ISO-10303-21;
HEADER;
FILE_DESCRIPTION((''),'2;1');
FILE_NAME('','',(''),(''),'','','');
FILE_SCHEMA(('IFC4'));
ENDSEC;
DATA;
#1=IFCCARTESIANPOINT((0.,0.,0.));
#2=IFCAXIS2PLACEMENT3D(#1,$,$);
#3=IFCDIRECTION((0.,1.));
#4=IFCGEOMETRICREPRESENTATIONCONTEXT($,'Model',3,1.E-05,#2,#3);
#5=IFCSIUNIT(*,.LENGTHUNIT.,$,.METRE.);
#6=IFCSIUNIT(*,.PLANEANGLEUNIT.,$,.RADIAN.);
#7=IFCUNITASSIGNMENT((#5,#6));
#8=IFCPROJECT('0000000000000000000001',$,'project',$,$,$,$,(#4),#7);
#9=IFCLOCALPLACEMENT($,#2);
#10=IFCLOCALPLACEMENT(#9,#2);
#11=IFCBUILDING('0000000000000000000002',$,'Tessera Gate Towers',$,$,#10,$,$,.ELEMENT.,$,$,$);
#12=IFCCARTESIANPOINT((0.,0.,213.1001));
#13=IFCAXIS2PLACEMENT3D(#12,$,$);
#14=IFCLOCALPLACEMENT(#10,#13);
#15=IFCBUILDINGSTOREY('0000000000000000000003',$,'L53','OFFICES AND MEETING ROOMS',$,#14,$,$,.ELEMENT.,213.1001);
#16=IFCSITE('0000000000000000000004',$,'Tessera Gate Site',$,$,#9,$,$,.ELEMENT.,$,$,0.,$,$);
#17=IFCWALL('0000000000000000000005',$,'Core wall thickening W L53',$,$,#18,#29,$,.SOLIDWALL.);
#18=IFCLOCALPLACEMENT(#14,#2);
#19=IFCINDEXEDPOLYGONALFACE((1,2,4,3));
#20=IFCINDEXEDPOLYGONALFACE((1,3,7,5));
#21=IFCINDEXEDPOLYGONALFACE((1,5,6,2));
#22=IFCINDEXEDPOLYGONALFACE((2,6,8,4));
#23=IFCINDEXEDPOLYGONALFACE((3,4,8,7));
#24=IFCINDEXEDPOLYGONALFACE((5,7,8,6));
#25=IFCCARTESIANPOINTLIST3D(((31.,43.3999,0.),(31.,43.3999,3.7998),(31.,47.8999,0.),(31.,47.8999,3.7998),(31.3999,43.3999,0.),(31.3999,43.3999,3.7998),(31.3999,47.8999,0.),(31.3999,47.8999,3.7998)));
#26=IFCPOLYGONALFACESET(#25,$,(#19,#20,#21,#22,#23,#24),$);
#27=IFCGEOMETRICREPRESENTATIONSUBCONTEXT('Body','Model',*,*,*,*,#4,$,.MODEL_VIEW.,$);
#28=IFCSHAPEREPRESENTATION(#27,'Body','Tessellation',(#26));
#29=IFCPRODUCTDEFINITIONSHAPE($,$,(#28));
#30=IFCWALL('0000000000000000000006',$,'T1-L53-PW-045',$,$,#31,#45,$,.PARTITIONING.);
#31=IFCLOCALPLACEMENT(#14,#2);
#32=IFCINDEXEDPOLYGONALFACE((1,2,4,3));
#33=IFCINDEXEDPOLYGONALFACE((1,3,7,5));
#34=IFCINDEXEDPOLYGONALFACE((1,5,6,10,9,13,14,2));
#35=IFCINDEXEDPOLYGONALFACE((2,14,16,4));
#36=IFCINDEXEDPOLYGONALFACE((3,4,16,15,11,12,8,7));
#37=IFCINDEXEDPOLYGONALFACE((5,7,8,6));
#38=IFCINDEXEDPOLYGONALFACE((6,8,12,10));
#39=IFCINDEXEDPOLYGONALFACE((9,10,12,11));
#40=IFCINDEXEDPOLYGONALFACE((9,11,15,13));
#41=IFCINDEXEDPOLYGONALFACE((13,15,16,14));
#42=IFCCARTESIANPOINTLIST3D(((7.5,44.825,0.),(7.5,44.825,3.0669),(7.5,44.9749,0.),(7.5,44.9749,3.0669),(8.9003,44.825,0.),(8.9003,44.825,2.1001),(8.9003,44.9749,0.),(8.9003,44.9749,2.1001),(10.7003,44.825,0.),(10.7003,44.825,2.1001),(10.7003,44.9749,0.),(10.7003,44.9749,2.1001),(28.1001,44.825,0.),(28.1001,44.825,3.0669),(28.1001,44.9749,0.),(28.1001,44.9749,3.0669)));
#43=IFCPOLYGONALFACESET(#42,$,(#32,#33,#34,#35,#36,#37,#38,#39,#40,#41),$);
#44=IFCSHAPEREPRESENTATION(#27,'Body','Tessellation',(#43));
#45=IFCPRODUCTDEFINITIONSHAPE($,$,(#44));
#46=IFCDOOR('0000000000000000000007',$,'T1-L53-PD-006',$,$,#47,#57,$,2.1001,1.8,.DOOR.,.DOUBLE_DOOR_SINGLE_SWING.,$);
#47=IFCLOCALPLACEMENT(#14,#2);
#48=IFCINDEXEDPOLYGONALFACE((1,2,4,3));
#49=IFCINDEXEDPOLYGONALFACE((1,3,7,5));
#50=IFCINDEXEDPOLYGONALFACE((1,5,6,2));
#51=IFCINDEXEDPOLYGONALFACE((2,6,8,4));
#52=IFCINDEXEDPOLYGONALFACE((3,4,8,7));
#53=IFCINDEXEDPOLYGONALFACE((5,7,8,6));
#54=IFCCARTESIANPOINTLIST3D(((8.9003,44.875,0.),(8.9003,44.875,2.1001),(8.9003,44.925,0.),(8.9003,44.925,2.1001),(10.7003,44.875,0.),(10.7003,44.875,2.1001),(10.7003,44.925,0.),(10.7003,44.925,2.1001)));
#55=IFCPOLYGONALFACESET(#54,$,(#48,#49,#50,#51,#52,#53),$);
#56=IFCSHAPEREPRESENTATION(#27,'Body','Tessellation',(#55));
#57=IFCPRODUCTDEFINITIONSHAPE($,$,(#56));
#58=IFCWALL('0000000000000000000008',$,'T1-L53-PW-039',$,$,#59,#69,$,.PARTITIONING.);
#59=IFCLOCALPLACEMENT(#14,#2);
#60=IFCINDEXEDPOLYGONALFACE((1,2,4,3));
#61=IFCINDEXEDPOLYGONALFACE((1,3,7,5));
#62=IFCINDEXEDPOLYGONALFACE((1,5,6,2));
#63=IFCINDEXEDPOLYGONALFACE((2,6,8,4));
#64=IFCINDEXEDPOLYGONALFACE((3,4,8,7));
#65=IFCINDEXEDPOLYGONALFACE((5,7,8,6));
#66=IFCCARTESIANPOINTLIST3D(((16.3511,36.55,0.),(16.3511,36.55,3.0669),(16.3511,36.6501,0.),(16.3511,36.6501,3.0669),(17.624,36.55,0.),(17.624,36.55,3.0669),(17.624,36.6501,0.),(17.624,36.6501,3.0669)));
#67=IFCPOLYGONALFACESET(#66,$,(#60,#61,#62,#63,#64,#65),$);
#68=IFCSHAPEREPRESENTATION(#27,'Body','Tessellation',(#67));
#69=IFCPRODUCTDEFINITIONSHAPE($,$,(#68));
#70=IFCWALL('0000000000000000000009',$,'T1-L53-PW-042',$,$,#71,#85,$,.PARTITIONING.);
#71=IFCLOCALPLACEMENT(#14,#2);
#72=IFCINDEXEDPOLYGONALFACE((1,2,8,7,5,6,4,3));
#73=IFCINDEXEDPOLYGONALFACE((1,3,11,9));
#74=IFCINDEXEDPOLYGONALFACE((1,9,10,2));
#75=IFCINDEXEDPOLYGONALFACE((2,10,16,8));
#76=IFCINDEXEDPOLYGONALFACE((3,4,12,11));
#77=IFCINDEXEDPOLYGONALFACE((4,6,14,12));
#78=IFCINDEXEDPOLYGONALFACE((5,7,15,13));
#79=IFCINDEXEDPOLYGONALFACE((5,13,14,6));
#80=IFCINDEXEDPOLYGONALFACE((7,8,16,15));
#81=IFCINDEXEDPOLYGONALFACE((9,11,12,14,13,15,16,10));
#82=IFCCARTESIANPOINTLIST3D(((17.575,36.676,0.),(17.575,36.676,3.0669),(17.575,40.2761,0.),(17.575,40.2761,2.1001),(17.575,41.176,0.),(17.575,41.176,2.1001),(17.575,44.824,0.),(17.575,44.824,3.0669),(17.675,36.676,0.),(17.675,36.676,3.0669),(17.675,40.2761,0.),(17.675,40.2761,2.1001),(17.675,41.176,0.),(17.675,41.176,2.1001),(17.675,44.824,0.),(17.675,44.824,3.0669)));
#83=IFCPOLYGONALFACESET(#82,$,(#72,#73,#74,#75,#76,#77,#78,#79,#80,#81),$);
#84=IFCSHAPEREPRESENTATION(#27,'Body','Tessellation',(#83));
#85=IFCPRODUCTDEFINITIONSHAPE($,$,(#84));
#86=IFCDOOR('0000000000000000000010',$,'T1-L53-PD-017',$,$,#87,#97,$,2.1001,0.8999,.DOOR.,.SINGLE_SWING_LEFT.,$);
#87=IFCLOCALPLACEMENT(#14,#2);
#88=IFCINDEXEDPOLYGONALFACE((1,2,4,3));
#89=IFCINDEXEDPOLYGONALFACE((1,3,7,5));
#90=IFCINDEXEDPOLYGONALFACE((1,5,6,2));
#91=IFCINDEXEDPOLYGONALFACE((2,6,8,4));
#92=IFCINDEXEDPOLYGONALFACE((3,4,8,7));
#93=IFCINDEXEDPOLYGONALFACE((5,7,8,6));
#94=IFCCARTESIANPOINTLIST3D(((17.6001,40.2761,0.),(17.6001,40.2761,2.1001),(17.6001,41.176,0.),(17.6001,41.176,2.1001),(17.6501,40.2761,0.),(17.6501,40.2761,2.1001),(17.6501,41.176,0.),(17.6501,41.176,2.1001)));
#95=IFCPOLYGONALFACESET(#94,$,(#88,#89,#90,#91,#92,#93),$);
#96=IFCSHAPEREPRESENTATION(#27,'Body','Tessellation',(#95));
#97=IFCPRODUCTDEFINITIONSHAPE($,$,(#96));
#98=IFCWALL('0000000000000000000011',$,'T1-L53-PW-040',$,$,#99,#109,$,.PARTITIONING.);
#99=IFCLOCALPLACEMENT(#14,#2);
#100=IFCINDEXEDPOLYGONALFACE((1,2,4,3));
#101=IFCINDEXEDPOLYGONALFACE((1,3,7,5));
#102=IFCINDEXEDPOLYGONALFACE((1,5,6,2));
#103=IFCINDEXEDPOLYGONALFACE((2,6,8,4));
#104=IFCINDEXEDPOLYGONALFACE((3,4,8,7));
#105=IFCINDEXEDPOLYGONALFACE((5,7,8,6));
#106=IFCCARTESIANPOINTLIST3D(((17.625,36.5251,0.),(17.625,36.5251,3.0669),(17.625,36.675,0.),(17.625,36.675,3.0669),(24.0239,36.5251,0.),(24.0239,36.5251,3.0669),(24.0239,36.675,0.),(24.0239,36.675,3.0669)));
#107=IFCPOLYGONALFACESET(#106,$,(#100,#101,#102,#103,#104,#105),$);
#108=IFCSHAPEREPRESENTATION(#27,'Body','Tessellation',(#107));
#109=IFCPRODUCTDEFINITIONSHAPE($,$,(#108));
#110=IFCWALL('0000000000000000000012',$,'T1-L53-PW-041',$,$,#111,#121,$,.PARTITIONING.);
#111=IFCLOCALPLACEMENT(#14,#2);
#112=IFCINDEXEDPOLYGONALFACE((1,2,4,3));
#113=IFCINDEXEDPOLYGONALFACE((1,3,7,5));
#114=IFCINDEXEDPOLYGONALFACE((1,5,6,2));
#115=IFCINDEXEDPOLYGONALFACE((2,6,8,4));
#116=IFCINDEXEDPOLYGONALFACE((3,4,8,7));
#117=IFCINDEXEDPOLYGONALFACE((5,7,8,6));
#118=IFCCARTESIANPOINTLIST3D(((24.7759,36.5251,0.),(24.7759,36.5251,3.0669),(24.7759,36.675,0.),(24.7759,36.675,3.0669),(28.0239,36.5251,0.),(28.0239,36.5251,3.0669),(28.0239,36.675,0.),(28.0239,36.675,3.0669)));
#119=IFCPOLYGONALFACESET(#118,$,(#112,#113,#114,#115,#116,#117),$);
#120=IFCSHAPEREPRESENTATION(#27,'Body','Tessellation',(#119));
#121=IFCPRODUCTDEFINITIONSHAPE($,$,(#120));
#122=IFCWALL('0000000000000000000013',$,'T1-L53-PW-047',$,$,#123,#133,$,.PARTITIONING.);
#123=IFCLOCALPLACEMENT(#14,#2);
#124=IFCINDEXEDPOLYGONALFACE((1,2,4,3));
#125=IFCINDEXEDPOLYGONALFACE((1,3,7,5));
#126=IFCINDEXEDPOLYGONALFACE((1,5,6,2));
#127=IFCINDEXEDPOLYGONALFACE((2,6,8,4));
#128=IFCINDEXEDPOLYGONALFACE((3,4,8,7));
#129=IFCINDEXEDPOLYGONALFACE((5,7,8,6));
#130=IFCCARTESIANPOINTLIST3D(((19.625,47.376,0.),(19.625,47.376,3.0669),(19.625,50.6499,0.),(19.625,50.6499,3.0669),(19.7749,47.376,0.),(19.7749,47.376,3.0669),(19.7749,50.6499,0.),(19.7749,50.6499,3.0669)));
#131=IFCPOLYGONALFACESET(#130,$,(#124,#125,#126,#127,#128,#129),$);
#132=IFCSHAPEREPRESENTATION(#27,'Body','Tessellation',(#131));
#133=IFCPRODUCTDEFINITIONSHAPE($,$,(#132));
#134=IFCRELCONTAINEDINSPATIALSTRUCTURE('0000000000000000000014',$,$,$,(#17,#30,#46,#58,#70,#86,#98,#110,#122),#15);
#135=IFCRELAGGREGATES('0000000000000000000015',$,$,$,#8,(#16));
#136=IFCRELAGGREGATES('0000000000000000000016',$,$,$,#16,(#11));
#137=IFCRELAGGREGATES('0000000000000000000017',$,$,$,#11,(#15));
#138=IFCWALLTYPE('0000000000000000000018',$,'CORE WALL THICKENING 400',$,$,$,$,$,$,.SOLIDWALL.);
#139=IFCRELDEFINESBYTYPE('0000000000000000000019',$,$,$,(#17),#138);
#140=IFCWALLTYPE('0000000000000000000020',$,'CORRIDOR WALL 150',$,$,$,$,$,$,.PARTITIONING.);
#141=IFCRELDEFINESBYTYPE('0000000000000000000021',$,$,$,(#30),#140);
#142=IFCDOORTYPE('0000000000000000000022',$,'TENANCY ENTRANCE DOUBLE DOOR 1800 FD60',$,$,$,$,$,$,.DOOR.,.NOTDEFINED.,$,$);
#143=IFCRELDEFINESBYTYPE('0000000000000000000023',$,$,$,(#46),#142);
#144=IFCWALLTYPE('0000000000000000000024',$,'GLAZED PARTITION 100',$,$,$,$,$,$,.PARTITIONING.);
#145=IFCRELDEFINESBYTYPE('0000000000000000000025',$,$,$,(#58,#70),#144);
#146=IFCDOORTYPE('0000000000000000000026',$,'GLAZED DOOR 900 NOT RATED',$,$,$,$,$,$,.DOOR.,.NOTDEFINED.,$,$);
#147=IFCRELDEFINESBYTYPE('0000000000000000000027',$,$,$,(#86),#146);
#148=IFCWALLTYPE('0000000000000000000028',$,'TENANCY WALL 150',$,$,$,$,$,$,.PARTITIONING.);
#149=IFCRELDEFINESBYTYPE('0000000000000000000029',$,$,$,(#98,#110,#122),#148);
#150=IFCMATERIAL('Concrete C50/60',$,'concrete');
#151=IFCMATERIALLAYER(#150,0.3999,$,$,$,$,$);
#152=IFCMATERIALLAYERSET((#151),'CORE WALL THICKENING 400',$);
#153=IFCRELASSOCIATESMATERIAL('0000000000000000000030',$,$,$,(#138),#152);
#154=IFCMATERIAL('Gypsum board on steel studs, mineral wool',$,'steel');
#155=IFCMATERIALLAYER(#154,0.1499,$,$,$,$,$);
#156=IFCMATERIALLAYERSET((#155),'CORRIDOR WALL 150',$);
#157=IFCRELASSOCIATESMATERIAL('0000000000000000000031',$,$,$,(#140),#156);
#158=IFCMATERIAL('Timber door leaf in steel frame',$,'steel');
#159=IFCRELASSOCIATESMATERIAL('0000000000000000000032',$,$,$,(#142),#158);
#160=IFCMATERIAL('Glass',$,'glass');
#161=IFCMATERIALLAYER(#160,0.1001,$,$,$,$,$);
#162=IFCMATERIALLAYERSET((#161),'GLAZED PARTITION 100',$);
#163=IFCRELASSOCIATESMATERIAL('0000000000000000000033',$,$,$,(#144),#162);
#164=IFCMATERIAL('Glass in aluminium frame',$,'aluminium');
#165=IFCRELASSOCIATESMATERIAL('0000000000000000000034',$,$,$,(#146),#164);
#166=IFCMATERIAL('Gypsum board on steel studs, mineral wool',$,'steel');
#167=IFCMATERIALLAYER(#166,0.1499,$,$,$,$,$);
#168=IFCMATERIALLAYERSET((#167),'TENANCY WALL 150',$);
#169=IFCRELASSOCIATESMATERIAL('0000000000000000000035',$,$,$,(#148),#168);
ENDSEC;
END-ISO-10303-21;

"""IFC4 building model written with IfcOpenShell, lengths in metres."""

from ifc_helpers import new_model, si_unit, direction, frame, frame_2d, origin, place, context, subcontext, project, spatial, rectangle, extrude, source, transform, mapped, material, layer, layer_set, type_object, element, fill, save


model = new_model("IFC4")

# Units and contexts
model_context = context("Model", 3, precision=1e-05, world=origin(), true_north=direction((0.0, 1.0)))
body_context = subcontext(model_context, "Body", "Model", "MODEL_VIEW")
ifc_project = project(units=[si_unit("LENGTHUNIT", "METRE"), si_unit("PLANEANGLEUNIT", "RADIAN")], contexts=[model_context])

# Site, building, storey
site_placement = place(None, origin())
site = spatial("IfcSite", under=ifc_project, at=site_placement, Name="Tessera Gate Site", CompositionType="ELEMENT", RefElevation=0.0)
building_placement = place(site_placement, origin())
building = spatial("IfcBuilding", under=site, at=building_placement, Name="Tessera Gate Towers", CompositionType="ELEMENT")
storey_placement = place(building_placement, frame((0.0, 0.0, 213.1001)))
storey = spatial("IfcBuildingStorey", under=building, at=storey_placement, Name="L53", Description="OFFICES AND MEETING ROOMS", CompositionType="ELEMENT", Elevation=213.1001)

# Shared definitions
shared_shape_1 = source(origin(), body_context, "Body", "SweptSolid", [
    extrude(rectangle(XDim=0.8999, YDim=2.1001, at=frame_2d((0.45, 1.05))), frame((0.0, 0.0249, 0.0), z_axis=(0.0, -1.0, 0.0), x_axis=(1.0, 0.0, 0.0)), (0.0, 0.0, 1.0), 0.05),
])

# Wall
ifc_material_1 = material(Name="Concrete C50/60", Category="concrete")
ifc_layer_1 = layer(ifc_material_1, 0.3999)
ifc_layer_set_1 = layer_set([ifc_layer_1], Name="CORE WALL THICKENING 400")
wall_type_1 = type_object("IfcWallType", Name="CORE WALL THICKENING 400", PredefinedType="SOLIDWALL", material=ifc_layer_set_1)
wall_1_placement = place(storey_placement, frame((31.2, 43.3999, 0.0), z_axis=(0.0, 0.0, 1.0), x_axis=(0.0, 1.0, 0.0)))
element("IfcWall", 1, at=wall_1_placement, inside=storey, type_object=wall_type_1, Name="Core wall thickening W L53", PredefinedType="SOLIDWALL", context=body_context, shape_type="SweptSolid", body=[
    extrude(rectangle(XDim=4.5, YDim=0.3999, at=frame_2d((2.25, 0.0))), origin(), (0.0, 0.0, 1.0), 3.7998),
])

# Wall, opening, door
ifc_material_2 = material(Name="Gypsum board on steel studs, mineral wool", Category="steel")
ifc_layer_2 = layer(ifc_material_2, 0.1499)
ifc_layer_set_2 = layer_set([ifc_layer_2], Name="CORRIDOR WALL 150")
wall_type_2 = type_object("IfcWallType", Name="CORRIDOR WALL 150", PredefinedType="PARTITIONING", material=ifc_layer_set_2)
wall_2_placement = place(storey_placement, frame((28.1001, 44.8999, 0.0), z_axis=(0.0, 0.0, 1.0), x_axis=(-1.0, 0.0, 0.0)))
wall_2 = element("IfcWall", 2, at=wall_2_placement, inside=storey, type_object=wall_type_2, Name="T1-L53-PW-045", PredefinedType="PARTITIONING", context=body_context, shape_type="SweptSolid", body=[
    extrude(rectangle(XDim=20.6001, YDim=0.1499, at=frame_2d((10.3, 0.0))), origin(), (0.0, 0.0, 1.0), 3.0669),
])
shared_shape_2 = source(origin(), body_context, "Body", "SweptSolid", [
    extrude(rectangle(XDim=1.8, YDim=2.1001, at=frame_2d((0.8999, 1.05))), frame((0.0, 0.085, 0.0), z_axis=(0.0, -1.0, 0.0), x_axis=(1.0, 0.0, 0.0)), (0.0, 0.0, 1.0), 0.1699),
])
opening_1_placement = place(wall_2_placement, frame((17.3999, 0.0, 0.0)))
opening_1 = element("IfcOpeningElement", 3, at=opening_1_placement, cuts=wall_2, PredefinedType="OPENING", context=body_context, shape_type="MappedRepresentation", body=[
    mapped(shared_shape_2, transform((0.0, 0.0, 0.0), scale=1.0)),
])
ifc_material_3 = material(Name="Timber door leaf in steel frame", Category="steel")
door_type_1 = type_object("IfcDoorType", Name="TENANCY ENTRANCE DOUBLE DOOR 1800 FD60", OperationType="NOTDEFINED", PredefinedType="DOOR", material=ifc_material_3)
shared_shape_3 = source(origin(), body_context, "Body", "SweptSolid", [
    extrude(rectangle(XDim=1.8, YDim=2.1001, at=frame_2d((0.8999, 1.05))), frame((0.0, 0.0249, 0.0), z_axis=(0.0, -1.0, 0.0), x_axis=(1.0, 0.0, 0.0)), (0.0, 0.0, 1.0), 0.05),
])
door_1_placement = place(opening_1_placement, origin())
door_1 = element("IfcDoor", 4, at=door_1_placement, inside=storey, type_object=door_type_1, Name="T1-L53-PD-006", OperationType="DOUBLE_DOOR_SINGLE_SWING", OverallHeight=2.1001, OverallWidth=1.8, PredefinedType="DOOR", context=body_context, shape_type="MappedRepresentation", body=[
    mapped(shared_shape_3, transform((0.0, 0.0, 0.0), scale=1.0)),
])
fill(opening_1, door_1)

# Wall
ifc_material_4 = material(Name="Glass", Category="glass")
ifc_layer_3 = layer(ifc_material_4, 0.1001)
ifc_layer_set_3 = layer_set([ifc_layer_3], Name="GLAZED PARTITION 100")
wall_type_3 = type_object("IfcWallType", Name="GLAZED PARTITION 100", PredefinedType="PARTITIONING", material=ifc_layer_set_3)
wall_3_placement = place(storey_placement, frame((16.3511, 36.6001, 0.0), z_axis=(0.0, 0.0, 1.0), x_axis=(1.0, 0.0, 0.0)))
element("IfcWall", 5, at=wall_3_placement, inside=storey, type_object=wall_type_3, Name="T1-L53-PW-039", PredefinedType="PARTITIONING", context=body_context, shape_type="SweptSolid", body=[
    extrude(rectangle(XDim=1.2729, YDim=0.1001, at=frame_2d((0.6365, 0.0))), origin(), (0.0, 0.0, 1.0), 3.0669),
])

# Wall, opening, door
wall_4_placement = place(storey_placement, frame((17.625, 36.676, 0.0), z_axis=(0.0, 0.0, 1.0), x_axis=(0.0, 1.0, 0.0)))
wall_4 = element("IfcWall", 6, at=wall_4_placement, inside=storey, type_object=wall_type_3, Name="T1-L53-PW-042", PredefinedType="PARTITIONING", context=body_context, shape_type="SweptSolid", body=[
    extrude(rectangle(XDim=8.1479, YDim=0.1001, at=frame_2d((4.074, 0.0))), origin(), (0.0, 0.0, 1.0), 3.0669),
])
shared_shape_4 = source(origin(), body_context, "Body", "SweptSolid", [
    extrude(rectangle(XDim=0.8999, YDim=2.1001, at=frame_2d((0.45, 1.05))), frame((0.0, 0.0601, 0.0), z_axis=(0.0, -1.0, 0.0), x_axis=(1.0, 0.0, 0.0)), (0.0, 0.0, 1.0), 0.1201),
])
opening_2_placement = place(wall_4_placement, frame((3.6001, 0.0, 0.0)))
opening_2 = element("IfcOpeningElement", 7, at=opening_2_placement, cuts=wall_4, PredefinedType="OPENING", context=body_context, shape_type="MappedRepresentation", body=[
    mapped(shared_shape_4, transform((0.0, 0.0, 0.0), scale=1.0)),
])
ifc_material_5 = material(Name="Glass in aluminium frame", Category="aluminium")
door_type_2 = type_object("IfcDoorType", Name="GLAZED DOOR 900 NOT RATED", OperationType="NOTDEFINED", PredefinedType="DOOR", material=ifc_material_5)
door_2_placement = place(opening_2_placement, origin())
door_2 = element("IfcDoor", 8, at=door_2_placement, inside=storey, type_object=door_type_2, Name="T1-L53-PD-017", OperationType="SINGLE_SWING_LEFT", OverallHeight=2.1001, OverallWidth=0.8999, PredefinedType="DOOR", context=body_context, shape_type="MappedRepresentation", body=[
    mapped(shared_shape_1, transform((0.0, 0.0, 0.0), scale=1.0)),
])
fill(opening_2, door_2)

# Walls
ifc_material_6 = material(Name="Gypsum board on steel studs, mineral wool", Category="steel")
ifc_layer_4 = layer(ifc_material_6, 0.1499)
ifc_layer_set_4 = layer_set([ifc_layer_4], Name="TENANCY WALL 150")
wall_type_4 = type_object("IfcWallType", Name="TENANCY WALL 150", PredefinedType="PARTITIONING", material=ifc_layer_set_4)
wall_5_placement = place(storey_placement, frame((17.625, 36.6001, 0.0), z_axis=(0.0, 0.0, 1.0), x_axis=(1.0, 0.0, 0.0)))
element("IfcWall", 9, at=wall_5_placement, inside=storey, type_object=wall_type_4, Name="T1-L53-PW-040", PredefinedType="PARTITIONING", context=body_context, shape_type="SweptSolid", body=[
    extrude(rectangle(XDim=6.3989, YDim=0.1499, at=frame_2d((3.1995, 0.0))), origin(), (0.0, 0.0, 1.0), 3.0669),
])
wall_6_placement = place(storey_placement, frame((24.7759, 36.6001, 0.0), z_axis=(0.0, 0.0, 1.0), x_axis=(1.0, 0.0, 0.0)))
element("IfcWall", 10, at=wall_6_placement, inside=storey, type_object=wall_type_4, Name="T1-L53-PW-041", PredefinedType="PARTITIONING", context=body_context, shape_type="SweptSolid", body=[
    extrude(rectangle(XDim=3.248, YDim=0.1499, at=frame_2d((1.624, 0.0))), origin(), (0.0, 0.0, 1.0), 3.0669),
])
wall_7_placement = place(storey_placement, frame((19.7, 47.376, 0.0), z_axis=(0.0, 0.0, 1.0), x_axis=(0.0, 1.0, 0.0)))
element("IfcWall", 11, at=wall_7_placement, inside=storey, type_object=wall_type_4, Name="T1-L53-PW-047", PredefinedType="PARTITIONING", context=body_context, shape_type="SweptSolid", body=[
    extrude(rectangle(XDim=3.2739, YDim=0.1499, at=frame_2d((1.637, 0.0))), origin(), (0.0, 0.0, 1.0), 3.0669),
])

save(model, "model.ifc")
